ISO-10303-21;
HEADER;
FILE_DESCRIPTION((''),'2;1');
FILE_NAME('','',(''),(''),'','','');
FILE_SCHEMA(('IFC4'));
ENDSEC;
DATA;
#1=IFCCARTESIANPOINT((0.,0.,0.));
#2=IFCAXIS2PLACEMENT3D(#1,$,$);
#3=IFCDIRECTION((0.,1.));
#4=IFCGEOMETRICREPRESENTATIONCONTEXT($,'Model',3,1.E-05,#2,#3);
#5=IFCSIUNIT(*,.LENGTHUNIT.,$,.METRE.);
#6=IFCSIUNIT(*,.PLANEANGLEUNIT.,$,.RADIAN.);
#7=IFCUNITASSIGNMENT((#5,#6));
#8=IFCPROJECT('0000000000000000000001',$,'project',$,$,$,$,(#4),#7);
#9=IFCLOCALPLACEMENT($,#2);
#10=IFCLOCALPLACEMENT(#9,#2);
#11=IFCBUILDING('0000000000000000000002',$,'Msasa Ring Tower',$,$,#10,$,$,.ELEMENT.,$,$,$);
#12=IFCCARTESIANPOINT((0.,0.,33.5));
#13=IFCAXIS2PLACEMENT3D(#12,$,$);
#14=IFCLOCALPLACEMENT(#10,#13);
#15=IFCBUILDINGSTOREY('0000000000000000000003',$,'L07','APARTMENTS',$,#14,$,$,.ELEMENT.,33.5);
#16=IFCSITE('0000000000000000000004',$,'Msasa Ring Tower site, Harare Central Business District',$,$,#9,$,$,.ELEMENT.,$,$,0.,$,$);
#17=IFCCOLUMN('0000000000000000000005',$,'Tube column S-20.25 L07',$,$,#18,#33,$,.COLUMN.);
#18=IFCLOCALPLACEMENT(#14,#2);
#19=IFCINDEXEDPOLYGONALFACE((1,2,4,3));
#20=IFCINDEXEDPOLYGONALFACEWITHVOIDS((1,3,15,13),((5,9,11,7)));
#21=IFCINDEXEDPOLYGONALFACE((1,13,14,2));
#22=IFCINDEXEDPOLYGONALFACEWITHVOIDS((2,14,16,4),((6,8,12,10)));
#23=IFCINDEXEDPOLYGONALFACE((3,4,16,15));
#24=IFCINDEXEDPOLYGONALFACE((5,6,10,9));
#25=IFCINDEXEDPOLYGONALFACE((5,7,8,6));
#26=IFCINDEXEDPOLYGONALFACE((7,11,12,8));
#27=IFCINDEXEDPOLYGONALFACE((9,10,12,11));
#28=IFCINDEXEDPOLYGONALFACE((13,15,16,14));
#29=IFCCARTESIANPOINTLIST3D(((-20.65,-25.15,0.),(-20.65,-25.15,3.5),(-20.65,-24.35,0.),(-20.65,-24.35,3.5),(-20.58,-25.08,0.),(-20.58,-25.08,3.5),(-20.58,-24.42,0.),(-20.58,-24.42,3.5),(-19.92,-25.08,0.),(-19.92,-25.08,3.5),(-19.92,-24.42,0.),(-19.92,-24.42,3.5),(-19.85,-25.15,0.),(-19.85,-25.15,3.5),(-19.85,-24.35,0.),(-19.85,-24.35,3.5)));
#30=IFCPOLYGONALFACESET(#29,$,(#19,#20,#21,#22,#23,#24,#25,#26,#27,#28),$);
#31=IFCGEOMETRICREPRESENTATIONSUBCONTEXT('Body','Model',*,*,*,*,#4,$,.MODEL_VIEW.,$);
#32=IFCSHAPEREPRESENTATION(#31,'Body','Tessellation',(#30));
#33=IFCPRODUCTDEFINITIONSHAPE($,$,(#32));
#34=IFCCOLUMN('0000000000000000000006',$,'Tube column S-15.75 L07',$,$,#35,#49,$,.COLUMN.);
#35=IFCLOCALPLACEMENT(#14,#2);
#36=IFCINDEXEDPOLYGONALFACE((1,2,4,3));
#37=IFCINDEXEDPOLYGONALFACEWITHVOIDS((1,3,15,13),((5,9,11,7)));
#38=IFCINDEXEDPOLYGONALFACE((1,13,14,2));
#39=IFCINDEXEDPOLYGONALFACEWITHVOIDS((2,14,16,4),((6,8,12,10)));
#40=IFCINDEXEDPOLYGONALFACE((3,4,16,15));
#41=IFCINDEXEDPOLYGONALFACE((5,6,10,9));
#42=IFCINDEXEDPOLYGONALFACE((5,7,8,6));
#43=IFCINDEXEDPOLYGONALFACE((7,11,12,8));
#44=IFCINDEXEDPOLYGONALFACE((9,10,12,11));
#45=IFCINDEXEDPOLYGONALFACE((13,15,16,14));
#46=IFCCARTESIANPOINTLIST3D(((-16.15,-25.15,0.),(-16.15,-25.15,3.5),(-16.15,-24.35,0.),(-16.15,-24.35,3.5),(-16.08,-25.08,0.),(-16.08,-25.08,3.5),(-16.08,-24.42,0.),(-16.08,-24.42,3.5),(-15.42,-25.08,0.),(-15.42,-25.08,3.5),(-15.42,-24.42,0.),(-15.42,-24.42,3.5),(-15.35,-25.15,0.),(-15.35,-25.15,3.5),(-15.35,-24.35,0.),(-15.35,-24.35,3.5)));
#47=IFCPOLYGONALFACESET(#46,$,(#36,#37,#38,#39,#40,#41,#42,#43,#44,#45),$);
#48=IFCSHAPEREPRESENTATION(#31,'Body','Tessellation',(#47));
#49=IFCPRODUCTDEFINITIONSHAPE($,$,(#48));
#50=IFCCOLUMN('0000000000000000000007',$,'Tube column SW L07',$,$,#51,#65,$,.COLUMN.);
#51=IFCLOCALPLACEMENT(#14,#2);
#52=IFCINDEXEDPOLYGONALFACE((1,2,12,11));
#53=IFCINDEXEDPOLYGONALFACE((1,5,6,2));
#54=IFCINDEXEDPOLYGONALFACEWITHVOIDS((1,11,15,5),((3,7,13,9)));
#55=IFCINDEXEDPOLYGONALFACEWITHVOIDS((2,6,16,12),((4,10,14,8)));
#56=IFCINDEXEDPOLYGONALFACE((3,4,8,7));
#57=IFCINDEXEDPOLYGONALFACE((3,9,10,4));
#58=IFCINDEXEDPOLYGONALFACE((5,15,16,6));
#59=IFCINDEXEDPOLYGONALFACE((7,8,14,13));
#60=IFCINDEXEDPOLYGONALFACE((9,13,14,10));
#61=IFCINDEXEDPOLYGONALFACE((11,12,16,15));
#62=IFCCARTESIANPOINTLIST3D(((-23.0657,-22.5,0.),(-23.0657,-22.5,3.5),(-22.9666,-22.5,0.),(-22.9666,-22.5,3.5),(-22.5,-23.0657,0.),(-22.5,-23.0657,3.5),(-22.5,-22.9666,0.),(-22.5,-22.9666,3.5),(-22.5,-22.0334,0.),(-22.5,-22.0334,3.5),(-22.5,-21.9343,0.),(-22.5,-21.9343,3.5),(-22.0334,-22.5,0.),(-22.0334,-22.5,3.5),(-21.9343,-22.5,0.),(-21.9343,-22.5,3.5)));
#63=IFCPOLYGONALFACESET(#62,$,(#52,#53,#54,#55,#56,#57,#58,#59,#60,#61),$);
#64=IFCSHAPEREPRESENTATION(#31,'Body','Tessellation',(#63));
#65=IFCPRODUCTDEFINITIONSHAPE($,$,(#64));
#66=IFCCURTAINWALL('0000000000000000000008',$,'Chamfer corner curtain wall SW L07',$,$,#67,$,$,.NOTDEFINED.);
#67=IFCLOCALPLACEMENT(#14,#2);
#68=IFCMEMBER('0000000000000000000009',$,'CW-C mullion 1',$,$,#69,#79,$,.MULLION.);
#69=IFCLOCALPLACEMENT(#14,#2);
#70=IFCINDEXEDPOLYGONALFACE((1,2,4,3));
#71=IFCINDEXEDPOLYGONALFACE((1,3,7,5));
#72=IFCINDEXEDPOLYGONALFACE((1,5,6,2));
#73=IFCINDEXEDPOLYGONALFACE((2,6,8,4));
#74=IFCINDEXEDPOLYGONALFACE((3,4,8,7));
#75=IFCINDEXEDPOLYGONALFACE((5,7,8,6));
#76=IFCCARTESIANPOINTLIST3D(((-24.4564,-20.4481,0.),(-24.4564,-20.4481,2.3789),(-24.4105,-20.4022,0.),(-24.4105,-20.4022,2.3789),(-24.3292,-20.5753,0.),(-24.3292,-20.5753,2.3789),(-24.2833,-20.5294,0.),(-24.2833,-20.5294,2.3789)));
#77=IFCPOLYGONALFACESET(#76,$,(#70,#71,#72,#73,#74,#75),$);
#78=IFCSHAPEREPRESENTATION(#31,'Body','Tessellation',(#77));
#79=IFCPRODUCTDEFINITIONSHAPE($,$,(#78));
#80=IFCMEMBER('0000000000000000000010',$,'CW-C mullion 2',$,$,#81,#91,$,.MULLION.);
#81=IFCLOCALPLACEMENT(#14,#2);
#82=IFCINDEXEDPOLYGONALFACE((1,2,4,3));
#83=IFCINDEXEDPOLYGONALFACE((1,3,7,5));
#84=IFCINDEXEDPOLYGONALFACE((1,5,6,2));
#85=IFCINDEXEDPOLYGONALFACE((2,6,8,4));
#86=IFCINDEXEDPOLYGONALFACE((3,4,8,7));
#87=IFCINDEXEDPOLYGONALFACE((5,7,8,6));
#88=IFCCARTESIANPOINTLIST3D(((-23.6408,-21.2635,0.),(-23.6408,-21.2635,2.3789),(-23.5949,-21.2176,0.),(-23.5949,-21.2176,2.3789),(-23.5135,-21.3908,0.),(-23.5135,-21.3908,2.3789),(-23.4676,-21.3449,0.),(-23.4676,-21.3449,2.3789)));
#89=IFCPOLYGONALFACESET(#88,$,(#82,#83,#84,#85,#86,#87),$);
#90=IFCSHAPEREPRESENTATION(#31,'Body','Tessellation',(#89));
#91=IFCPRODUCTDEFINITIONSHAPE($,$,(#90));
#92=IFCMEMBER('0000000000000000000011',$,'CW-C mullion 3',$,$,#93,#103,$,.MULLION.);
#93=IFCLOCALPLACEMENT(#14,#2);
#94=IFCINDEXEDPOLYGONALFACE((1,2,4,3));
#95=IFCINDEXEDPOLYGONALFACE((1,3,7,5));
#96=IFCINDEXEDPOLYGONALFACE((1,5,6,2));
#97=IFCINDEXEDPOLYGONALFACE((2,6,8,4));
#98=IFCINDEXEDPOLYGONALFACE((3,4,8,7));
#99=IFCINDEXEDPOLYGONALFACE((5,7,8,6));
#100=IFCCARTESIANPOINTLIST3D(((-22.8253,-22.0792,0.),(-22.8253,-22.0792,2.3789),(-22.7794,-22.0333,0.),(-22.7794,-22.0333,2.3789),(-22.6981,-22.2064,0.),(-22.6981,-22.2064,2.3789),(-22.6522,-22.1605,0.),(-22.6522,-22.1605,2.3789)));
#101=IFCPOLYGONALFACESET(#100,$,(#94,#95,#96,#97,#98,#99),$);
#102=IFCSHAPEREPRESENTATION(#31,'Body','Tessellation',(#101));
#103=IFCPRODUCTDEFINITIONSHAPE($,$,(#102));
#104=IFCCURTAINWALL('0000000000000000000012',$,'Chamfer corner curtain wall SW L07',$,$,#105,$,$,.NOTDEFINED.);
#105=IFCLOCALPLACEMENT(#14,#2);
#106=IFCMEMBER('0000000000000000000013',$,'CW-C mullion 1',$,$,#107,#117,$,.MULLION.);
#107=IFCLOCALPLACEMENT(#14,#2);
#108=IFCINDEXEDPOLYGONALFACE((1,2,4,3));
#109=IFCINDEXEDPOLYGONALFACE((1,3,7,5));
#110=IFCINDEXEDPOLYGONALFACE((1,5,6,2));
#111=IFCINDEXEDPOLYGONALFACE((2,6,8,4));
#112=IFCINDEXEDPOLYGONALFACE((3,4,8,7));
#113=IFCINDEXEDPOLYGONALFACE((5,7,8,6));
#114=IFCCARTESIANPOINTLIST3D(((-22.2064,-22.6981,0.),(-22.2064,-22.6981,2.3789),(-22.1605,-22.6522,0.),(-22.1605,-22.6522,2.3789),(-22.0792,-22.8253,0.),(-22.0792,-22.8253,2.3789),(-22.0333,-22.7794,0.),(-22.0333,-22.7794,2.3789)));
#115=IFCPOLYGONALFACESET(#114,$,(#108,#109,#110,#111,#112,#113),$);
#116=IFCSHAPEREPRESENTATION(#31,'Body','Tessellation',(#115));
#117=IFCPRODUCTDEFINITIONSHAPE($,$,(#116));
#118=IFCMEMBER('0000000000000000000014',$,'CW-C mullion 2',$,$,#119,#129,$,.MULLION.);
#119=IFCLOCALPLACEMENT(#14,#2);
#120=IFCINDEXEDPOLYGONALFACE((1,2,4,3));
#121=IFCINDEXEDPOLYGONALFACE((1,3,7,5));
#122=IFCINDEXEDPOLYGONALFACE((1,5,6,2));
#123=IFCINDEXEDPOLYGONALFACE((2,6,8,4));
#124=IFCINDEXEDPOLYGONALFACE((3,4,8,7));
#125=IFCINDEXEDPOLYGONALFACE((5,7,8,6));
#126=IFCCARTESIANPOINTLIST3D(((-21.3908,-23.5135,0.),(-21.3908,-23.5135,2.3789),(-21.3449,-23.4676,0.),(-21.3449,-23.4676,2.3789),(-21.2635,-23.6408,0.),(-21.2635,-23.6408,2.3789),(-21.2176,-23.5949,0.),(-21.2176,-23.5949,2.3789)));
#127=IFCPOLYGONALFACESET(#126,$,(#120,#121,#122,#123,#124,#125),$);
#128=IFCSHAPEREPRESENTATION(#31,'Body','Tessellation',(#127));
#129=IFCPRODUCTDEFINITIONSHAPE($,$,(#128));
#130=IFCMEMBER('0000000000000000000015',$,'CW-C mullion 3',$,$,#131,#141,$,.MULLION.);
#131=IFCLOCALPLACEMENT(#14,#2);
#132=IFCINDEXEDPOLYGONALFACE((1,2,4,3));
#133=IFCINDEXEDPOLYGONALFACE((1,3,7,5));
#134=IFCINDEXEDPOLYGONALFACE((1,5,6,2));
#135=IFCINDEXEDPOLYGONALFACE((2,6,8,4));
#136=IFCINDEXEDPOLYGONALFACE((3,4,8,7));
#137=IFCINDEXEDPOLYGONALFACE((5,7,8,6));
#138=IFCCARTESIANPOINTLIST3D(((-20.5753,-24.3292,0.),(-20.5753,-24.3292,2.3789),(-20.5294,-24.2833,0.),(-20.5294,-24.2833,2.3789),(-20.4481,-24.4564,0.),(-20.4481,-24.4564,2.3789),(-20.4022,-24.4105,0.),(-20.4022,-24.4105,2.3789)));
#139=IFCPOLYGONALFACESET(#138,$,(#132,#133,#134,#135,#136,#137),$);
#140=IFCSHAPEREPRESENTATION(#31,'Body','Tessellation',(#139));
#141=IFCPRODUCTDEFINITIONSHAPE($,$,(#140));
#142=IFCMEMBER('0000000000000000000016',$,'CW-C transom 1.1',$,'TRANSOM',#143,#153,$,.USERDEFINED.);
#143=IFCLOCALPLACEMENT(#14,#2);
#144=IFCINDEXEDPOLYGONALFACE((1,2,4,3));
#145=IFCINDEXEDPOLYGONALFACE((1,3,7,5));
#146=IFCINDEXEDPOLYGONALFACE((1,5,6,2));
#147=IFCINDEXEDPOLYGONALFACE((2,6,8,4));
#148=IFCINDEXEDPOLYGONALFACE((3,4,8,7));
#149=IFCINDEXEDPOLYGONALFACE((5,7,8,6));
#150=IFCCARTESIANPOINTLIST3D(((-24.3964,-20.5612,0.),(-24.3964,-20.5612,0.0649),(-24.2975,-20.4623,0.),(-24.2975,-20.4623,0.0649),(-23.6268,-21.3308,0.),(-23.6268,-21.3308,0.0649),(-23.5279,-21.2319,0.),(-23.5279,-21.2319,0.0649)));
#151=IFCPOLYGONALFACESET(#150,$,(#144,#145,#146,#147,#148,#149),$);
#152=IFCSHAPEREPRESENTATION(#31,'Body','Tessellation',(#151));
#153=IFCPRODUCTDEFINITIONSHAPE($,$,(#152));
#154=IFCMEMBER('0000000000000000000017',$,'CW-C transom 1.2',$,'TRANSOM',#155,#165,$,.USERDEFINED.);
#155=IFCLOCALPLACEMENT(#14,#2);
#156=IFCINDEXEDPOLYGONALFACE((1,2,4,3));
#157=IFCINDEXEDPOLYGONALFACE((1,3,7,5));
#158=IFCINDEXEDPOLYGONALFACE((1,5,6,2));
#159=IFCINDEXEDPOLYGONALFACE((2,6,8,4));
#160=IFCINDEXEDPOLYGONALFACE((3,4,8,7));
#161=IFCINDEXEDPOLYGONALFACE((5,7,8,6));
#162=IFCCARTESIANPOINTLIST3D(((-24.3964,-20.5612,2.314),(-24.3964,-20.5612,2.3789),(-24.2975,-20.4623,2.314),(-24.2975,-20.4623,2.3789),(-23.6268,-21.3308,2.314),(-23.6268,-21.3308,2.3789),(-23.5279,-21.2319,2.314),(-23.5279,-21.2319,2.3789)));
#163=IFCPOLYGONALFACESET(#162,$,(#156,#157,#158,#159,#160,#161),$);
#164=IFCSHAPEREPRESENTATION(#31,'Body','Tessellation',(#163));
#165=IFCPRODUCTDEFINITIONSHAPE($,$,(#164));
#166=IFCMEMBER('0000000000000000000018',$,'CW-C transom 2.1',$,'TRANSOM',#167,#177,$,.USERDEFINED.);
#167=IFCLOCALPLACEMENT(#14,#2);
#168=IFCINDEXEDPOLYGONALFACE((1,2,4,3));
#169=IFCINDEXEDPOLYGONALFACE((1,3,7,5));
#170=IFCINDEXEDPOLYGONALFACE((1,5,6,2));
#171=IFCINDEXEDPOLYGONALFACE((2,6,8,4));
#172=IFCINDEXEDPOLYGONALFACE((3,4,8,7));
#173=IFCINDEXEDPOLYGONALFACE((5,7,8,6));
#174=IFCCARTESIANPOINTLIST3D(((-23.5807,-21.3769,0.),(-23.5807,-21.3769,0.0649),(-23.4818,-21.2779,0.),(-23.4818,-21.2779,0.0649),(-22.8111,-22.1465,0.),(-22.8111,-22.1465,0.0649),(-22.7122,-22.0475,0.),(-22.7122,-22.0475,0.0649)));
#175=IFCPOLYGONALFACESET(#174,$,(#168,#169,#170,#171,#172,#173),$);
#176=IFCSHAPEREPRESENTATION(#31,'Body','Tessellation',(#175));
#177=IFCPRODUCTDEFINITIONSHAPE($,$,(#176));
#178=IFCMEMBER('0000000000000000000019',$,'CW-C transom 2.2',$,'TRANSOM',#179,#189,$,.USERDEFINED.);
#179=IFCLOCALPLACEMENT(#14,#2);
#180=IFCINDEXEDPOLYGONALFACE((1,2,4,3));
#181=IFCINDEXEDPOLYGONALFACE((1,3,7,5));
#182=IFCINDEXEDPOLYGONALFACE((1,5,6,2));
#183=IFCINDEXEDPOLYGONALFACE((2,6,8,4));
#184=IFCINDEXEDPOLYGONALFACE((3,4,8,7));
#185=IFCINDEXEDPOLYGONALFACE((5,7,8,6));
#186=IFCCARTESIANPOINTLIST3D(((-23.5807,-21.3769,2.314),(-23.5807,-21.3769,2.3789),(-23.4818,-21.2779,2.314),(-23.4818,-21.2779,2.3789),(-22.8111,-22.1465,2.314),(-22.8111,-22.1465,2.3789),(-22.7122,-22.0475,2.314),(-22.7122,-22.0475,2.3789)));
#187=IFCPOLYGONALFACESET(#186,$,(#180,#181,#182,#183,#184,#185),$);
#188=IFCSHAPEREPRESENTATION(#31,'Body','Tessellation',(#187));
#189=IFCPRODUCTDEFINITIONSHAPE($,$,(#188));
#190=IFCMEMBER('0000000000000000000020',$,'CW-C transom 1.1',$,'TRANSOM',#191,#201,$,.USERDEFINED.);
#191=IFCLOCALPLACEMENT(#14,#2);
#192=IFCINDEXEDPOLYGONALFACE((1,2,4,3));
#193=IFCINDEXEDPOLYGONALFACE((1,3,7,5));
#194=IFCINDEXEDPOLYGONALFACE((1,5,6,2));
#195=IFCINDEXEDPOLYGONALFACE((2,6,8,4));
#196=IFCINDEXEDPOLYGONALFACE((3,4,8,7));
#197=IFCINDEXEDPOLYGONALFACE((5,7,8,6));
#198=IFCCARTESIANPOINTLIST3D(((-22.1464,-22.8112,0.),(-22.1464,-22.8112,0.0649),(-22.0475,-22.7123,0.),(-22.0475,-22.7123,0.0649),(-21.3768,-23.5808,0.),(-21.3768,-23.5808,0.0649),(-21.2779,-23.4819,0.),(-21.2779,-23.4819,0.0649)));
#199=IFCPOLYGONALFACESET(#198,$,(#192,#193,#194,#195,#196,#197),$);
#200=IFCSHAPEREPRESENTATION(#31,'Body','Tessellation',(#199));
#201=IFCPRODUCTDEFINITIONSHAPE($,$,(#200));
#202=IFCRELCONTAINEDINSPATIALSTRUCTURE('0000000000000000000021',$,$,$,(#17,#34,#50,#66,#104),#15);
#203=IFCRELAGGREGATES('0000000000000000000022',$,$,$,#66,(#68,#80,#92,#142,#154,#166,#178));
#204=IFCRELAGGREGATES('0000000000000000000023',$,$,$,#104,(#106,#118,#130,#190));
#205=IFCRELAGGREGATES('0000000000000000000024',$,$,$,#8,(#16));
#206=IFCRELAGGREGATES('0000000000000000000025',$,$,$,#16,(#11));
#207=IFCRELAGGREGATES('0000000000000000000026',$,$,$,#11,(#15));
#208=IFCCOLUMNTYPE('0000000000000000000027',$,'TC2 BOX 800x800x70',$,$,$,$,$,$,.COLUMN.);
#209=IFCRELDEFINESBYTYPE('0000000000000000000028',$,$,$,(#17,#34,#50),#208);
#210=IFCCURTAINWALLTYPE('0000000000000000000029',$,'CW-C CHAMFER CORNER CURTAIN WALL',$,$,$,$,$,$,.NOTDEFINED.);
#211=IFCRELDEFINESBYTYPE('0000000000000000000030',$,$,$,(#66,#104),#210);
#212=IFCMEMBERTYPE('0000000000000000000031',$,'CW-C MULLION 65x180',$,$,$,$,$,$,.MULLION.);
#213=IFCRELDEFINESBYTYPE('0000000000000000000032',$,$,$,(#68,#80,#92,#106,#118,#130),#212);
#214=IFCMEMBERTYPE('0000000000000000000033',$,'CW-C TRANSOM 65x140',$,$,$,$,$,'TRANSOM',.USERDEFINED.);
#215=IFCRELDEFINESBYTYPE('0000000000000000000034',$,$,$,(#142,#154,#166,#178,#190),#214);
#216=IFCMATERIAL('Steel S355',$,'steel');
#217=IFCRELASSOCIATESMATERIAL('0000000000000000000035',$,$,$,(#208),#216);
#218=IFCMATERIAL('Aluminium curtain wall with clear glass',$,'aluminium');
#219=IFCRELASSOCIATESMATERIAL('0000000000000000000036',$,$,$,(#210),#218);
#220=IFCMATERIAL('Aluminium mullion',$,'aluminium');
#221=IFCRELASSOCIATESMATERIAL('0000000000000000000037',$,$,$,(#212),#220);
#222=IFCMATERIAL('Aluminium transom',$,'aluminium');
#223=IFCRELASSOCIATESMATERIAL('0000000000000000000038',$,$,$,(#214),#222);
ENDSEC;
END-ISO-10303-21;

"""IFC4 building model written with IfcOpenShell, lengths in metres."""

from ifc_helpers import new_model, si_unit, direction, frame, origin, origin_2d, place, context, subcontext, project, spatial, rectangle, hollow_rectangle, extrude, material, material_profile, profile_set, type_object, element, aggregate, save


model = new_model("IFC4")

# Units and contexts
model_context = context("Model", 3, precision=1e-05, world=origin(), true_north=direction((0.0, 1.0)))
body_context = subcontext(model_context, "Body", "Model", "MODEL_VIEW")
ifc_project = project(units=[si_unit("LENGTHUNIT", "METRE"), si_unit("PLANEANGLEUNIT", "RADIAN")], contexts=[model_context])

# Site, building, storey
site_placement = place(None, origin())
site = spatial("IfcSite", under=ifc_project, at=site_placement, Name="Msasa Ring Tower site, Harare Central Business District", CompositionType="ELEMENT", RefElevation=0.0)
building_placement = place(site_placement, origin())
building = spatial("IfcBuilding", under=site, at=building_placement, Name="Msasa Ring Tower", CompositionType="ELEMENT")
storey_placement = place(building_placement, frame((0.0, 0.0, 33.5)))
storey = spatial("IfcBuildingStorey", under=building, at=storey_placement, Name="L07", Description="APARTMENTS", CompositionType="ELEMENT", Elevation=33.5)

# Columns
ifc_material_1 = material(Name="Steel S355", Category="steel")
ifc_material_profile_1 = material_profile(ifc_material_1, hollow_rectangle(XDim=0.8, YDim=0.8, WallThickness=0.0701, at=origin_2d()), Name="BOX 800x800x70")
ifc_profile_set_1 = profile_set([ifc_material_profile_1], Name="Steel S355")
column_type = type_object("IfcColumnType", Name="TC2 BOX 800x800x70", PredefinedType="COLUMN", material=ifc_profile_set_1)
for number, where, z_axis, x_axis, name in (
    (1, (-20.25, -24.75, 0.0), (0.0, 0.0, 1.0), (0.0, 1.0, 0.0), "Tube column S-20.25 L07"),
    (2, (-15.75, -24.75, 0.0), (0.0, 0.0, 1.0), (0.0, 1.0, 0.0), "Tube column S-15.75 L07"),
    (3, (-22.5, -22.5, 0.0), (0.0, 0.0, 1.0), (0.707107, 0.707107, 0.0), "Tube column SW L07"),
):
    element("IfcColumn", number, at=place(storey_placement, frame(where, z_axis=z_axis, x_axis=x_axis)), inside=storey, type_object=column_type, Name=name, PredefinedType="COLUMN", context=body_context, shape_type="SweptSolid", body=[
        extrude(hollow_rectangle(XDim=0.8, YDim=0.8, WallThickness=0.0701, at=origin_2d()), origin(), (0.0, 0.0, 1.0), 3.5),
    ])

# Curtain walls, members
ifc_material_2 = material(Name="Aluminium curtain wall with clear glass", Category="aluminium")
curtain_wall_type = type_object("IfcCurtainWallType", Name="CW-C CHAMFER CORNER CURTAIN WALL", PredefinedType="NOTDEFINED", material=ifc_material_2)
curtain_wall_1_placement = place(storey_placement, origin())
curtain_wall_1 = element("IfcCurtainWall", 4, at=curtain_wall_1_placement, inside=storey, type_object=curtain_wall_type, Name="Chamfer corner curtain wall SW L07", PredefinedType="NOTDEFINED")
ifc_material_3 = material(Name="Aluminium mullion", Category="aluminium")
ifc_material_profile_2 = material_profile(ifc_material_3, rectangle(XDim=0.0649, YDim=0.1799, at=origin_2d()), Name="AL 65x180")
ifc_profile_set_2 = profile_set([ifc_material_profile_2], Name="Aluminium mullion")
member_type_1 = type_object("IfcMemberType", Name="CW-C MULLION 65x180", PredefinedType="MULLION", material=ifc_profile_set_2)
member_1_placement = place(storey_placement, frame((-24.3699, -20.4888, 0.0), z_axis=(0.0, 0.0, 1.0), x_axis=(0.707107, 0.707107, 0.0)))
member_1 = element("IfcMember", 5, at=member_1_placement, type_object=member_type_1, Name="CW-C mullion 1", PredefinedType="MULLION", context=body_context, shape_type="SweptSolid", body=[
    extrude(rectangle(XDim=0.0649, YDim=0.1799, at=origin_2d()), origin(), (0.0, 0.0, 1.0), 2.3789),
])
member_2_placement = place(storey_placement, frame((-23.5542, -21.3042, 0.0), z_axis=(0.0, 0.0, 1.0), x_axis=(0.707107, 0.707107, 0.0)))
member_2 = element("IfcMember", 6, at=member_2_placement, type_object=member_type_1, Name="CW-C mullion 2", PredefinedType="MULLION", context=body_context, shape_type="SweptSolid", body=[
    extrude(rectangle(XDim=0.0649, YDim=0.1799, at=origin_2d()), origin(), (0.0, 0.0, 1.0), 2.3789),
])
member_3_placement = place(storey_placement, frame((-22.7388, -22.1199, 0.0), z_axis=(0.0, 0.0, 1.0), x_axis=(0.707107, 0.707107, 0.0)))
member_3 = element("IfcMember", 7, at=member_3_placement, type_object=member_type_1, Name="CW-C mullion 3", PredefinedType="MULLION", context=body_context, shape_type="SweptSolid", body=[
    extrude(rectangle(XDim=0.0649, YDim=0.1799, at=origin_2d()), origin(), (0.0, 0.0, 1.0), 2.3789),
])
curtain_wall_2_placement = place(storey_placement, origin())
curtain_wall_2 = element("IfcCurtainWall", 8, at=curtain_wall_2_placement, inside=storey, type_object=curtain_wall_type, Name="Chamfer corner curtain wall SW L07", PredefinedType="NOTDEFINED")
member_4_placement = place(storey_placement, frame((-22.1199, -22.7388, 0.0), z_axis=(0.0, 0.0, 1.0), x_axis=(0.707107, 0.707107, 0.0)))
member_4 = element("IfcMember", 9, at=member_4_placement, type_object=member_type_1, Name="CW-C mullion 1", PredefinedType="MULLION", context=body_context, shape_type="SweptSolid", body=[
    extrude(rectangle(XDim=0.0649, YDim=0.1799, at=origin_2d()), origin(), (0.0, 0.0, 1.0), 2.3789),
])
member_5_placement = place(storey_placement, frame((-21.3042, -23.5542, 0.0), z_axis=(0.0, 0.0, 1.0), x_axis=(0.707107, 0.707107, 0.0)))
member_5 = element("IfcMember", 10, at=member_5_placement, type_object=member_type_1, Name="CW-C mullion 2", PredefinedType="MULLION", context=body_context, shape_type="SweptSolid", body=[
    extrude(rectangle(XDim=0.0649, YDim=0.1799, at=origin_2d()), origin(), (0.0, 0.0, 1.0), 2.3789),
])
member_6_placement = place(storey_placement, frame((-20.4888, -24.3699, 0.0), z_axis=(0.0, 0.0, 1.0), x_axis=(0.707107, 0.707107, 0.0)))
member_6 = element("IfcMember", 11, at=member_6_placement, type_object=member_type_1, Name="CW-C mullion 3", PredefinedType="MULLION", context=body_context, shape_type="SweptSolid", body=[
    extrude(rectangle(XDim=0.0649, YDim=0.1799, at=origin_2d()), origin(), (0.0, 0.0, 1.0), 2.3789),
])

# Members
ifc_material_4 = material(Name="Aluminium transom", Category="aluminium")
ifc_material_profile_3 = material_profile(ifc_material_4, rectangle(XDim=0.1399, YDim=0.0649, at=origin_2d()), Name="AL 65x140")
ifc_profile_set_3 = profile_set([ifc_material_profile_3], Name="Aluminium transom")
member_type_2 = type_object("IfcMemberType", Name="CW-C TRANSOM 65x140", ElementType="TRANSOM", PredefinedType="USERDEFINED", material=ifc_profile_set_3)
member_7_placement = place(storey_placement, frame((-24.3469, -20.5117, 0.0325), z_axis=(0.707107, -0.707107, 0.0), x_axis=(0.707107, 0.707107, 0.0)))
member_7 = element("IfcMember", 12, at=member_7_placement, type_object=member_type_2, Name="CW-C transom 1.1", ObjectType="TRANSOM", PredefinedType="USERDEFINED", context=body_context, shape_type="SweptSolid", body=[
    extrude(rectangle(XDim=0.1399, YDim=0.0649, at=origin_2d()), origin(), (0.0, 0.0, 1.0), 1.0884),
])
member_8_placement = place(storey_placement, frame((-24.3469, -20.5117, 2.3464), z_axis=(0.707107, -0.707107, 0.0), x_axis=(0.707107, 0.707107, 0.0)))
member_8 = element("IfcMember", 13, at=member_8_placement, type_object=member_type_2, Name="CW-C transom 1.2", ObjectType="TRANSOM", PredefinedType="USERDEFINED", context=body_context, shape_type="SweptSolid", body=[
    extrude(rectangle(XDim=0.1399, YDim=0.0649, at=origin_2d()), origin(), (0.0, 0.0, 1.0), 1.0884),
])
member_9_placement = place(storey_placement, frame((-23.5312, -21.3274, 0.0325), z_axis=(0.707107, -0.707107, 0.0), x_axis=(0.707107, 0.707107, 0.0)))
member_9 = element("IfcMember", 14, at=member_9_placement, type_object=member_type_2, Name="CW-C transom 2.1", ObjectType="TRANSOM", PredefinedType="USERDEFINED", context=body_context, shape_type="SweptSolid", body=[
    extrude(rectangle(XDim=0.1399, YDim=0.0649, at=origin_2d()), origin(), (0.0, 0.0, 1.0), 1.0884),
])
member_10_placement = place(storey_placement, frame((-23.5312, -21.3274, 2.3464), z_axis=(0.707107, -0.707107, 0.0), x_axis=(0.707107, 0.707107, 0.0)))
member_10 = element("IfcMember", 15, at=member_10_placement, type_object=member_type_2, Name="CW-C transom 2.2", ObjectType="TRANSOM", PredefinedType="USERDEFINED", context=body_context, shape_type="SweptSolid", body=[
    extrude(rectangle(XDim=0.1399, YDim=0.0649, at=origin_2d()), origin(), (0.0, 0.0, 1.0), 1.0884),
])
member_11_placement = place(storey_placement, frame((-22.0969, -22.7617, 0.0325), z_axis=(0.707107, -0.707107, 0.0), x_axis=(0.707107, 0.707107, 0.0)))
member_11 = element("IfcMember", 16, at=member_11_placement, type_object=member_type_2, Name="CW-C transom 1.1", ObjectType="TRANSOM", PredefinedType="USERDEFINED", context=body_context, shape_type="SweptSolid", body=[
    extrude(rectangle(XDim=0.1399, YDim=0.0649, at=origin_2d()), origin(), (0.0, 0.0, 1.0), 1.0884),
])

aggregate(curtain_wall_1, [member_1, member_2, member_3, member_7, member_8, member_9, member_10])
aggregate(curtain_wall_2, [member_4, member_5, member_6, member_11])

save(model, "model.ifc")
